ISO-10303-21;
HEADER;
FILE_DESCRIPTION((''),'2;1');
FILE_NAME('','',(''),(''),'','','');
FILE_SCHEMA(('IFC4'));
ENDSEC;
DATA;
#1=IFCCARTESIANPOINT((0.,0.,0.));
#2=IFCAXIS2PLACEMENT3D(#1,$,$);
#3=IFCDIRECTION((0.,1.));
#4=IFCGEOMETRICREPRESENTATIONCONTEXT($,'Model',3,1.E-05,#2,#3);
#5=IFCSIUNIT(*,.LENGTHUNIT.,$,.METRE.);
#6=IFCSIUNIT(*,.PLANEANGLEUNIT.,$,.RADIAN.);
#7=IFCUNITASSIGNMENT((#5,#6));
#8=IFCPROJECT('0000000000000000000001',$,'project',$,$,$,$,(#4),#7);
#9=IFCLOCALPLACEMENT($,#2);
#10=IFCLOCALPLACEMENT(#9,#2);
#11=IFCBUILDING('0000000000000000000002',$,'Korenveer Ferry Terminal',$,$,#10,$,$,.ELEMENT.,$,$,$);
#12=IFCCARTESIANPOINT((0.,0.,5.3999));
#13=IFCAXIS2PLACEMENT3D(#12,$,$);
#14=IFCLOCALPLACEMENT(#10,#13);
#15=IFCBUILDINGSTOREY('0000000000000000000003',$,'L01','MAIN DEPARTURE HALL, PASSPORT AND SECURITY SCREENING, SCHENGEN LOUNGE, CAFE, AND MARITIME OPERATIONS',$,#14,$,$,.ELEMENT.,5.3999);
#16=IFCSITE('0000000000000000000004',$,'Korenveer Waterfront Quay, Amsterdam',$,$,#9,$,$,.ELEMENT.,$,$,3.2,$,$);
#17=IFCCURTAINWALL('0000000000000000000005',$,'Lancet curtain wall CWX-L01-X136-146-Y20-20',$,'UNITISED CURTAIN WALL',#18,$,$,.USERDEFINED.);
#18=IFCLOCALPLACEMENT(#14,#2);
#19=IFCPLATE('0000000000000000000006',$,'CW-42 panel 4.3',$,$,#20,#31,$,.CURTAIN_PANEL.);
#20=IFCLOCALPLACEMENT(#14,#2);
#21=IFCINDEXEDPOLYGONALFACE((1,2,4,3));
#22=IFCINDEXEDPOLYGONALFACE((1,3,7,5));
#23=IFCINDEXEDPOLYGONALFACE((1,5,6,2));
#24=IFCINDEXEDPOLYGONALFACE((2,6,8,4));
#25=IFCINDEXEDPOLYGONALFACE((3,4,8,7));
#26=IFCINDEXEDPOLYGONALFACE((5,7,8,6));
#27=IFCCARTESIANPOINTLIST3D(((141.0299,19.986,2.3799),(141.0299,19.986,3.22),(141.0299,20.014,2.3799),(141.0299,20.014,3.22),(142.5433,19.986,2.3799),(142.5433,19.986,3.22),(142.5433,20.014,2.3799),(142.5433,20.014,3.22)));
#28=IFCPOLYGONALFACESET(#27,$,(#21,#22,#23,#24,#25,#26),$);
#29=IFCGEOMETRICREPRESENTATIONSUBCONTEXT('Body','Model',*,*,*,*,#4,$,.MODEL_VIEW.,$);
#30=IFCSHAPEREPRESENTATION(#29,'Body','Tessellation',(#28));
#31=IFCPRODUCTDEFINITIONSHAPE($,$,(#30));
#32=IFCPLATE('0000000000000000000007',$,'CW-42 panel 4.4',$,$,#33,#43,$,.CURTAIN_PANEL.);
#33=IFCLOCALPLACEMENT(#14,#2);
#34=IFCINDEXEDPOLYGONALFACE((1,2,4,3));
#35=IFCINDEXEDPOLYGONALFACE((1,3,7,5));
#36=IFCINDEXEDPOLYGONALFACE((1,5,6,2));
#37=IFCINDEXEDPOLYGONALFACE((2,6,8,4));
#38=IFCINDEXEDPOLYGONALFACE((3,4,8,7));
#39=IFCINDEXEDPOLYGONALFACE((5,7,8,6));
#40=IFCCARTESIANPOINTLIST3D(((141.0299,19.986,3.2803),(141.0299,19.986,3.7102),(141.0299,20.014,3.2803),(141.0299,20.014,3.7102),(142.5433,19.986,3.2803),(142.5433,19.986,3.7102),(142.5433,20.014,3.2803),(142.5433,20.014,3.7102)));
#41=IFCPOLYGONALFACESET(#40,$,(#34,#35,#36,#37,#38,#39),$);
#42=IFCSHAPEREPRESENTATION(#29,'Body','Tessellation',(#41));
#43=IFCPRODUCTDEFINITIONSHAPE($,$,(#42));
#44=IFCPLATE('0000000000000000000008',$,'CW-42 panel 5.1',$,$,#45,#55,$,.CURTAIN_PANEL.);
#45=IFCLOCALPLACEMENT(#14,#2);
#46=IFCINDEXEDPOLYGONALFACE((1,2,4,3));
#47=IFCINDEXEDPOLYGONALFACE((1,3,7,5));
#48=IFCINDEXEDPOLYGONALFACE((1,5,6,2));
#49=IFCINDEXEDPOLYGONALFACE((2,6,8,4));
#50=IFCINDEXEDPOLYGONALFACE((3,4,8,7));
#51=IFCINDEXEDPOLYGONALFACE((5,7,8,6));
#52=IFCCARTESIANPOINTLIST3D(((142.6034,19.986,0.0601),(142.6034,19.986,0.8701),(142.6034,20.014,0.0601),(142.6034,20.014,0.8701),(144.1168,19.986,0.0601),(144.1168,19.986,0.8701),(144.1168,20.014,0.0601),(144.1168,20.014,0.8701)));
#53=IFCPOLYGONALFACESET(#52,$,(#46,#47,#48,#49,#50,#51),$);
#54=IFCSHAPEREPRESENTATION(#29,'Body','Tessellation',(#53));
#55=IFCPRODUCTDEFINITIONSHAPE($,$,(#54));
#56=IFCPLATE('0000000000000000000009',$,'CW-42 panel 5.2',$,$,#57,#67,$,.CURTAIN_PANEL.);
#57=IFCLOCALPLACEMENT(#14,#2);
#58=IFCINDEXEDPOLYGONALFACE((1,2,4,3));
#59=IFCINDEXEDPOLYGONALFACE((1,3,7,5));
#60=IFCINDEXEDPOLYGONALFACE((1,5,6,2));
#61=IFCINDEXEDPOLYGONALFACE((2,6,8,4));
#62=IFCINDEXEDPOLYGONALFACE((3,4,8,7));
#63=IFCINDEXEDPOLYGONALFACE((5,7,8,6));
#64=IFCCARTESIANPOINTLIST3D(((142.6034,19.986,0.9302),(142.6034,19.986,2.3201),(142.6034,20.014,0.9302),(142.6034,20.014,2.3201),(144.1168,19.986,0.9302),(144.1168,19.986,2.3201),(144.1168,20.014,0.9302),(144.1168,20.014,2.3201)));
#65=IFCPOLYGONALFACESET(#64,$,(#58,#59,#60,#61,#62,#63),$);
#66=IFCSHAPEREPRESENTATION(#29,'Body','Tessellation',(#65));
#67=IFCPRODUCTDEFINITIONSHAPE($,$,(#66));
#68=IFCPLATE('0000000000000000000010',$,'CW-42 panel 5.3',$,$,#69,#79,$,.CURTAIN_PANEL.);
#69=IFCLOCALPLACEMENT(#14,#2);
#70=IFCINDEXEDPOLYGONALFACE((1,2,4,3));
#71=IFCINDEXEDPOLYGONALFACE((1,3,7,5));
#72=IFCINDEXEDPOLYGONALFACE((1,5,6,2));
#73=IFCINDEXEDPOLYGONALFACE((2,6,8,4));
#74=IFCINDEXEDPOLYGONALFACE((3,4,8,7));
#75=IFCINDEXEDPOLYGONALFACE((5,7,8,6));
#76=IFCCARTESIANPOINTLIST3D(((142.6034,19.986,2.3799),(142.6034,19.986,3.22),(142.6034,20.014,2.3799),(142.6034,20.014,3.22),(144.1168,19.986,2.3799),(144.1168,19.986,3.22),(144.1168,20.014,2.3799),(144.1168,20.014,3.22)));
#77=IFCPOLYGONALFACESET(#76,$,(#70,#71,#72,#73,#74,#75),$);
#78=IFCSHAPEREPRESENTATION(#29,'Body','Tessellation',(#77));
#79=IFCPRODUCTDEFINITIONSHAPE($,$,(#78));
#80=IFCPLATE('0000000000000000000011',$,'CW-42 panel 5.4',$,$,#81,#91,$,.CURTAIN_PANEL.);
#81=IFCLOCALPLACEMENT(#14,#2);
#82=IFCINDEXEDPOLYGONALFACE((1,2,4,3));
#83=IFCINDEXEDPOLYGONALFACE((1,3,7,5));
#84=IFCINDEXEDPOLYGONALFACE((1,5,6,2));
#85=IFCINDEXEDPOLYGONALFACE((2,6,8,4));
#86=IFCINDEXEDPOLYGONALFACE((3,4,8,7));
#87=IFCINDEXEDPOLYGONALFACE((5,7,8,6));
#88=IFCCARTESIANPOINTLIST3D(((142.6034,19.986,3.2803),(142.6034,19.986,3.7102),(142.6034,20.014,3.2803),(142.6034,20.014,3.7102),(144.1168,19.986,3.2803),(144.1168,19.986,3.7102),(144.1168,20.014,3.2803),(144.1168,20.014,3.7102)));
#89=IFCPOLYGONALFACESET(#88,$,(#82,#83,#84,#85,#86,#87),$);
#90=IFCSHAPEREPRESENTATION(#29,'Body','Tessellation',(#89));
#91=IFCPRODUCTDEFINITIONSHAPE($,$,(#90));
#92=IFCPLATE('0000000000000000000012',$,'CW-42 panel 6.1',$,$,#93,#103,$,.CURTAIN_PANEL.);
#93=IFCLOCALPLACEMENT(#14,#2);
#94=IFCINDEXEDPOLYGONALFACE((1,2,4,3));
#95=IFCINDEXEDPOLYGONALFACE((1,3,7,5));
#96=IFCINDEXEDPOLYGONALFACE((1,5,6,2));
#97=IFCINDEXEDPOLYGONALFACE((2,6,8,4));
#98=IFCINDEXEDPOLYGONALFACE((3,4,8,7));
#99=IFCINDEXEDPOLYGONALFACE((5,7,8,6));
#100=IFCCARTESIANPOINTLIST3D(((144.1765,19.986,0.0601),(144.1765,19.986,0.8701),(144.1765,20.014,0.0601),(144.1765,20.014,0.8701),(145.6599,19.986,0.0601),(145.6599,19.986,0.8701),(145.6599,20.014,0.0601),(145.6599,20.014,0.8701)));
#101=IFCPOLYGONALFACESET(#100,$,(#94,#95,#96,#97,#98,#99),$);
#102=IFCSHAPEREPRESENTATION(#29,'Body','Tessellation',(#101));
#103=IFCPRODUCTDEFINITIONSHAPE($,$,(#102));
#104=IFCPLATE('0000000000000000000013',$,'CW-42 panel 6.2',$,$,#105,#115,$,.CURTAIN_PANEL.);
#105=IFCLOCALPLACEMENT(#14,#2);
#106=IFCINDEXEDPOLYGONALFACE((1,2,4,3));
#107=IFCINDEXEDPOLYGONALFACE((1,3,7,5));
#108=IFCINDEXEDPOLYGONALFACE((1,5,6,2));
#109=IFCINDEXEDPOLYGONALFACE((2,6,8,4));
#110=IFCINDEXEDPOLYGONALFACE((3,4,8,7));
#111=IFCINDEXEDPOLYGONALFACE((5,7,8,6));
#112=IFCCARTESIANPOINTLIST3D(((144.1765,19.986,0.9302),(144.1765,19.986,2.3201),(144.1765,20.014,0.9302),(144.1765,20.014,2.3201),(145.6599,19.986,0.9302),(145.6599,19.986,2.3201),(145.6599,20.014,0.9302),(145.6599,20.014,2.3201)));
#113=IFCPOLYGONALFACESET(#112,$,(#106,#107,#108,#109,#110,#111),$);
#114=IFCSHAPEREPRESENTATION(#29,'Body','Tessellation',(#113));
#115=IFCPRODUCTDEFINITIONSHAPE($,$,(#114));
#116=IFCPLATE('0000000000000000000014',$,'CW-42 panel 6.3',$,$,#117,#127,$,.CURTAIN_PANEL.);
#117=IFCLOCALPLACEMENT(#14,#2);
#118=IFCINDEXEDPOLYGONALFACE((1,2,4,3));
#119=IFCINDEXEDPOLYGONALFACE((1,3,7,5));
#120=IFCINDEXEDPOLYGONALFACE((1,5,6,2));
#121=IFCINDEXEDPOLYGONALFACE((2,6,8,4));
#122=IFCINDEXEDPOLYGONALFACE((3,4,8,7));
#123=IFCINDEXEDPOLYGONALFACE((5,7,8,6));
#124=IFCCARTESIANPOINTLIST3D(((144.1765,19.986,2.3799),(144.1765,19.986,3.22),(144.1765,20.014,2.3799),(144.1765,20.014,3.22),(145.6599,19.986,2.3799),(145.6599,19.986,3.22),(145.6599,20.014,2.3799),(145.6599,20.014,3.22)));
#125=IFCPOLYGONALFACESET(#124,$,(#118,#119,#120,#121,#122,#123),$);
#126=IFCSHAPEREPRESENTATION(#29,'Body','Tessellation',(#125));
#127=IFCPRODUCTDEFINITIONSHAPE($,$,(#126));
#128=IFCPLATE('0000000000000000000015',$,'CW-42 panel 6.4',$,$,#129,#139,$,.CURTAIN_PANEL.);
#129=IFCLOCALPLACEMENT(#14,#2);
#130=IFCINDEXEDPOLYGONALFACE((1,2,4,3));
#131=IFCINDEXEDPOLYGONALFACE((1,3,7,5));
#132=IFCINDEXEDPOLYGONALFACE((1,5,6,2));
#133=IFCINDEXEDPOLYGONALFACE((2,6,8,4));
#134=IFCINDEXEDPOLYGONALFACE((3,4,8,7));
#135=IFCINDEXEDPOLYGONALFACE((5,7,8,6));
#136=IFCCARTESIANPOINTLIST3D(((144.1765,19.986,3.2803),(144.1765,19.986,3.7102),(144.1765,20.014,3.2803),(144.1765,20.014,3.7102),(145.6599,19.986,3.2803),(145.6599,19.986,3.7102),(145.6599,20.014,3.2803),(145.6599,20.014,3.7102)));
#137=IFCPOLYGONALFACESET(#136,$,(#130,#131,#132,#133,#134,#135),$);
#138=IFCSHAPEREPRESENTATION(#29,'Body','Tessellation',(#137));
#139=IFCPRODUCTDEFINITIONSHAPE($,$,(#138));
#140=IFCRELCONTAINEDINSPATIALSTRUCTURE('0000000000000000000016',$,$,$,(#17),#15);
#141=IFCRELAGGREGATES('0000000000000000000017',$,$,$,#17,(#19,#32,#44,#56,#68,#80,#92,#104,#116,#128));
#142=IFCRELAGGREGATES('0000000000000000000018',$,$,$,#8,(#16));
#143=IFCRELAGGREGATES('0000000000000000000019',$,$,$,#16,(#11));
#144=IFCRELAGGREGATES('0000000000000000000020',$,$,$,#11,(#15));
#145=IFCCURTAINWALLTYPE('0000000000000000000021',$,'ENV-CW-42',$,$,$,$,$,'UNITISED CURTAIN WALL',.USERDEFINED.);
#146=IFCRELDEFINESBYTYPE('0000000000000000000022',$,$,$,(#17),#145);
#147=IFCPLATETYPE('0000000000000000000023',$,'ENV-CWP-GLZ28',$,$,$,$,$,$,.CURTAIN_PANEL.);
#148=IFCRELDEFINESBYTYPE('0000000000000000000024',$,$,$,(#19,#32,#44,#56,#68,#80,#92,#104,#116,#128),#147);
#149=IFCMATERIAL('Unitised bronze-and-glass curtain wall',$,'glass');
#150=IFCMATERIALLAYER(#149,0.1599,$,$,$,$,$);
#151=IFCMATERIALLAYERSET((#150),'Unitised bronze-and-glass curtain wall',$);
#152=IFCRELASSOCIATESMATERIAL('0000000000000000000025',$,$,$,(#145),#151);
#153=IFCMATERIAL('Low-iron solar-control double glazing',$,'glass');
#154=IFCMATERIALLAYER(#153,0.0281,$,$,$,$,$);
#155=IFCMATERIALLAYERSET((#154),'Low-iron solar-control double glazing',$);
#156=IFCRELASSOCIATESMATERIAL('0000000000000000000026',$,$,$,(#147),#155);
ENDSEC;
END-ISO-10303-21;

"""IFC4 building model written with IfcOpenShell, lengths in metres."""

from ifc_helpers import new_model, si_unit, direction, frame, origin, origin_2d, place, context, subcontext, project, spatial, rectangle, extrude, material, layer, layer_set, type_object, element, aggregate, save


model = new_model("IFC4")

# Units and contexts
model_context = context("Model", 3, precision=1e-05, world=origin(), true_north=direction((0.0, 1.0)))
body_context = subcontext(model_context, "Body", "Model", "MODEL_VIEW")
ifc_project = project(units=[si_unit("LENGTHUNIT", "METRE"), si_unit("PLANEANGLEUNIT", "RADIAN")], contexts=[model_context])

# Site, building, storey
site_placement = place(None, origin())
site = spatial("IfcSite", under=ifc_project, at=site_placement, Name="Korenveer Waterfront Quay, Amsterdam", CompositionType="ELEMENT", RefElevation=3.2)
building_placement = place(site_placement, origin())
building = spatial("IfcBuilding", under=site, at=building_placement, Name="Korenveer Ferry Terminal", CompositionType="ELEMENT")
storey_placement = place(building_placement, frame((0.0, 0.0, 5.3999)))
storey = spatial("IfcBuildingStorey", under=building, at=storey_placement, Name="L01", Description="MAIN DEPARTURE HALL, PASSPORT AND SECURITY SCREENING, SCHENGEN LOUNGE, CAFE, AND MARITIME OPERATIONS", CompositionType="ELEMENT", Elevation=5.3999)

# Curtain wall
ifc_material_1 = material(Name="Unitised bronze-and-glass curtain wall", Category="glass")
ifc_layer_1 = layer(ifc_material_1, 0.1599)
ifc_layer_set_1 = layer_set([ifc_layer_1], Name="Unitised bronze-and-glass curtain wall")
curtain_wall_type = type_object("IfcCurtainWallType", Name="ENV-CW-42", ElementType="UNITISED CURTAIN WALL", PredefinedType="USERDEFINED", material=ifc_layer_set_1)
curtain_wall_placement = place(storey_placement, frame((136.28, 20.0, 0.0)))
curtain_wall = element("IfcCurtainWall", 1, at=curtain_wall_placement, inside=storey, type_object=curtain_wall_type, Name="Lancet curtain wall CWX-L01-X136-146-Y20-20", ObjectType="UNITISED CURTAIN WALL", PredefinedType="USERDEFINED")

# Plates
ifc_material_2 = material(Name="Low-iron solar-control double glazing", Category="glass")
ifc_layer_2 = layer(ifc_material_2, 0.0281)
ifc_layer_set_2 = layer_set([ifc_layer_2], Name="Low-iron solar-control double glazing")
plate_type = type_object("IfcPlateType", Name="ENV-CWP-GLZ28", PredefinedType="CURTAIN_PANEL", material=ifc_layer_set_2)
plate_1_placement = place(storey_placement, frame((141.7866, 20.0, 2.3799), z_axis=(0.0, 0.0, 1.0), x_axis=(1.0, 0.0, 0.0)))
plate_1 = element("IfcPlate", 2, at=plate_1_placement, type_object=plate_type, Name="CW-42 panel 4.3", PredefinedType="CURTAIN_PANEL", context=body_context, shape_type="SweptSolid", body=[
    extrude(rectangle(XDim=1.5134, YDim=0.0281, at=origin_2d()), origin(), (0.0, 0.0, 1.0), 0.8401),
])
plate_2_placement = place(storey_placement, frame((141.7866, 20.0, 3.2803), z_axis=(0.0, 0.0, 1.0), x_axis=(1.0, 0.0, 0.0)))
plate_2 = element("IfcPlate", 3, at=plate_2_placement, type_object=plate_type, Name="CW-42 panel 4.4", PredefinedType="CURTAIN_PANEL", context=body_context, shape_type="SweptSolid", body=[
    extrude(rectangle(XDim=1.5134, YDim=0.0281, at=origin_2d()), origin(), (0.0, 0.0, 1.0), 0.4299),
])
plate_3_placement = place(storey_placement, frame((143.3601, 20.0, 0.0601), z_axis=(0.0, 0.0, 1.0), x_axis=(1.0, 0.0, 0.0)))
plate_3 = element("IfcPlate", 4, at=plate_3_placement, type_object=plate_type, Name="CW-42 panel 5.1", PredefinedType="CURTAIN_PANEL", context=body_context, shape_type="SweptSolid", body=[
    extrude(rectangle(XDim=1.5134, YDim=0.0281, at=origin_2d()), origin(), (0.0, 0.0, 1.0), 0.8101),
])
plate_4_placement = place(storey_placement, frame((143.3601, 20.0, 0.9302), z_axis=(0.0, 0.0, 1.0), x_axis=(1.0, 0.0, 0.0)))
plate_4 = element("IfcPlate", 5, at=plate_4_placement, type_object=plate_type, Name="CW-42 panel 5.2", PredefinedType="CURTAIN_PANEL", context=body_context, shape_type="SweptSolid", body=[
    extrude(rectangle(XDim=1.5134, YDim=0.0281, at=origin_2d()), origin(), (0.0, 0.0, 1.0), 1.3899),
])
plate_5_placement = place(storey_placement, frame((143.3601, 20.0, 2.3799), z_axis=(0.0, 0.0, 1.0), x_axis=(1.0, 0.0, 0.0)))
plate_5 = element("IfcPlate", 6, at=plate_5_placement, type_object=plate_type, Name="CW-42 panel 5.3", PredefinedType="CURTAIN_PANEL", context=body_context, shape_type="SweptSolid", body=[
    extrude(rectangle(XDim=1.5134, YDim=0.0281, at=origin_2d()), origin(), (0.0, 0.0, 1.0), 0.8401),
])
plate_6_placement = place(storey_placement, frame((143.3601, 20.0, 3.2803), z_axis=(0.0, 0.0, 1.0), x_axis=(1.0, 0.0, 0.0)))
plate_6 = element("IfcPlate", 7, at=plate_6_placement, type_object=plate_type, Name="CW-42 panel 5.4", PredefinedType="CURTAIN_PANEL", context=body_context, shape_type="SweptSolid", body=[
    extrude(rectangle(XDim=1.5134, YDim=0.0281, at=origin_2d()), origin(), (0.0, 0.0, 1.0), 0.4299),
])
plate_7_placement = place(storey_placement, frame((144.9182, 20.0, 0.0601), z_axis=(0.0, 0.0, 1.0), x_axis=(1.0, 0.0, 0.0)))
plate_7 = element("IfcPlate", 8, at=plate_7_placement, type_object=plate_type, Name="CW-42 panel 6.1", PredefinedType="CURTAIN_PANEL", context=body_context, shape_type="SweptSolid", body=[
    extrude(rectangle(XDim=1.4834, YDim=0.0281, at=origin_2d()), origin(), (0.0, 0.0, 1.0), 0.8101),
])
plate_8_placement = place(storey_placement, frame((144.9182, 20.0, 0.9302), z_axis=(0.0, 0.0, 1.0), x_axis=(1.0, 0.0, 0.0)))
plate_8 = element("IfcPlate", 9, at=plate_8_placement, type_object=plate_type, Name="CW-42 panel 6.2", PredefinedType="CURTAIN_PANEL", context=body_context, shape_type="SweptSolid", body=[
    extrude(rectangle(XDim=1.4834, YDim=0.0281, at=origin_2d()), origin(), (0.0, 0.0, 1.0), 1.3899),
])
plate_9_placement = place(storey_placement, frame((144.9182, 20.0, 2.3799), z_axis=(0.0, 0.0, 1.0), x_axis=(1.0, 0.0, 0.0)))
plate_9 = element("IfcPlate", 10, at=plate_9_placement, type_object=plate_type, Name="CW-42 panel 6.3", PredefinedType="CURTAIN_PANEL", context=body_context, shape_type="SweptSolid", body=[
    extrude(rectangle(XDim=1.4834, YDim=0.0281, at=origin_2d()), origin(), (0.0, 0.0, 1.0), 0.8401),
])
plate_10_placement = place(storey_placement, frame((144.9182, 20.0, 3.2803), z_axis=(0.0, 0.0, 1.0), x_axis=(1.0, 0.0, 0.0)))
plate_10 = element("IfcPlate", 11, at=plate_10_placement, type_object=plate_type, Name="CW-42 panel 6.4", PredefinedType="CURTAIN_PANEL", context=body_context, shape_type="SweptSolid", body=[
    extrude(rectangle(XDim=1.4834, YDim=0.0281, at=origin_2d()), origin(), (0.0, 0.0, 1.0), 0.4299),
])
aggregate(curtain_wall, [plate_1, plate_2, plate_3, plate_4, plate_5, plate_6, plate_7, plate_8, plate_9, plate_10])

save(model, "model.ifc")
